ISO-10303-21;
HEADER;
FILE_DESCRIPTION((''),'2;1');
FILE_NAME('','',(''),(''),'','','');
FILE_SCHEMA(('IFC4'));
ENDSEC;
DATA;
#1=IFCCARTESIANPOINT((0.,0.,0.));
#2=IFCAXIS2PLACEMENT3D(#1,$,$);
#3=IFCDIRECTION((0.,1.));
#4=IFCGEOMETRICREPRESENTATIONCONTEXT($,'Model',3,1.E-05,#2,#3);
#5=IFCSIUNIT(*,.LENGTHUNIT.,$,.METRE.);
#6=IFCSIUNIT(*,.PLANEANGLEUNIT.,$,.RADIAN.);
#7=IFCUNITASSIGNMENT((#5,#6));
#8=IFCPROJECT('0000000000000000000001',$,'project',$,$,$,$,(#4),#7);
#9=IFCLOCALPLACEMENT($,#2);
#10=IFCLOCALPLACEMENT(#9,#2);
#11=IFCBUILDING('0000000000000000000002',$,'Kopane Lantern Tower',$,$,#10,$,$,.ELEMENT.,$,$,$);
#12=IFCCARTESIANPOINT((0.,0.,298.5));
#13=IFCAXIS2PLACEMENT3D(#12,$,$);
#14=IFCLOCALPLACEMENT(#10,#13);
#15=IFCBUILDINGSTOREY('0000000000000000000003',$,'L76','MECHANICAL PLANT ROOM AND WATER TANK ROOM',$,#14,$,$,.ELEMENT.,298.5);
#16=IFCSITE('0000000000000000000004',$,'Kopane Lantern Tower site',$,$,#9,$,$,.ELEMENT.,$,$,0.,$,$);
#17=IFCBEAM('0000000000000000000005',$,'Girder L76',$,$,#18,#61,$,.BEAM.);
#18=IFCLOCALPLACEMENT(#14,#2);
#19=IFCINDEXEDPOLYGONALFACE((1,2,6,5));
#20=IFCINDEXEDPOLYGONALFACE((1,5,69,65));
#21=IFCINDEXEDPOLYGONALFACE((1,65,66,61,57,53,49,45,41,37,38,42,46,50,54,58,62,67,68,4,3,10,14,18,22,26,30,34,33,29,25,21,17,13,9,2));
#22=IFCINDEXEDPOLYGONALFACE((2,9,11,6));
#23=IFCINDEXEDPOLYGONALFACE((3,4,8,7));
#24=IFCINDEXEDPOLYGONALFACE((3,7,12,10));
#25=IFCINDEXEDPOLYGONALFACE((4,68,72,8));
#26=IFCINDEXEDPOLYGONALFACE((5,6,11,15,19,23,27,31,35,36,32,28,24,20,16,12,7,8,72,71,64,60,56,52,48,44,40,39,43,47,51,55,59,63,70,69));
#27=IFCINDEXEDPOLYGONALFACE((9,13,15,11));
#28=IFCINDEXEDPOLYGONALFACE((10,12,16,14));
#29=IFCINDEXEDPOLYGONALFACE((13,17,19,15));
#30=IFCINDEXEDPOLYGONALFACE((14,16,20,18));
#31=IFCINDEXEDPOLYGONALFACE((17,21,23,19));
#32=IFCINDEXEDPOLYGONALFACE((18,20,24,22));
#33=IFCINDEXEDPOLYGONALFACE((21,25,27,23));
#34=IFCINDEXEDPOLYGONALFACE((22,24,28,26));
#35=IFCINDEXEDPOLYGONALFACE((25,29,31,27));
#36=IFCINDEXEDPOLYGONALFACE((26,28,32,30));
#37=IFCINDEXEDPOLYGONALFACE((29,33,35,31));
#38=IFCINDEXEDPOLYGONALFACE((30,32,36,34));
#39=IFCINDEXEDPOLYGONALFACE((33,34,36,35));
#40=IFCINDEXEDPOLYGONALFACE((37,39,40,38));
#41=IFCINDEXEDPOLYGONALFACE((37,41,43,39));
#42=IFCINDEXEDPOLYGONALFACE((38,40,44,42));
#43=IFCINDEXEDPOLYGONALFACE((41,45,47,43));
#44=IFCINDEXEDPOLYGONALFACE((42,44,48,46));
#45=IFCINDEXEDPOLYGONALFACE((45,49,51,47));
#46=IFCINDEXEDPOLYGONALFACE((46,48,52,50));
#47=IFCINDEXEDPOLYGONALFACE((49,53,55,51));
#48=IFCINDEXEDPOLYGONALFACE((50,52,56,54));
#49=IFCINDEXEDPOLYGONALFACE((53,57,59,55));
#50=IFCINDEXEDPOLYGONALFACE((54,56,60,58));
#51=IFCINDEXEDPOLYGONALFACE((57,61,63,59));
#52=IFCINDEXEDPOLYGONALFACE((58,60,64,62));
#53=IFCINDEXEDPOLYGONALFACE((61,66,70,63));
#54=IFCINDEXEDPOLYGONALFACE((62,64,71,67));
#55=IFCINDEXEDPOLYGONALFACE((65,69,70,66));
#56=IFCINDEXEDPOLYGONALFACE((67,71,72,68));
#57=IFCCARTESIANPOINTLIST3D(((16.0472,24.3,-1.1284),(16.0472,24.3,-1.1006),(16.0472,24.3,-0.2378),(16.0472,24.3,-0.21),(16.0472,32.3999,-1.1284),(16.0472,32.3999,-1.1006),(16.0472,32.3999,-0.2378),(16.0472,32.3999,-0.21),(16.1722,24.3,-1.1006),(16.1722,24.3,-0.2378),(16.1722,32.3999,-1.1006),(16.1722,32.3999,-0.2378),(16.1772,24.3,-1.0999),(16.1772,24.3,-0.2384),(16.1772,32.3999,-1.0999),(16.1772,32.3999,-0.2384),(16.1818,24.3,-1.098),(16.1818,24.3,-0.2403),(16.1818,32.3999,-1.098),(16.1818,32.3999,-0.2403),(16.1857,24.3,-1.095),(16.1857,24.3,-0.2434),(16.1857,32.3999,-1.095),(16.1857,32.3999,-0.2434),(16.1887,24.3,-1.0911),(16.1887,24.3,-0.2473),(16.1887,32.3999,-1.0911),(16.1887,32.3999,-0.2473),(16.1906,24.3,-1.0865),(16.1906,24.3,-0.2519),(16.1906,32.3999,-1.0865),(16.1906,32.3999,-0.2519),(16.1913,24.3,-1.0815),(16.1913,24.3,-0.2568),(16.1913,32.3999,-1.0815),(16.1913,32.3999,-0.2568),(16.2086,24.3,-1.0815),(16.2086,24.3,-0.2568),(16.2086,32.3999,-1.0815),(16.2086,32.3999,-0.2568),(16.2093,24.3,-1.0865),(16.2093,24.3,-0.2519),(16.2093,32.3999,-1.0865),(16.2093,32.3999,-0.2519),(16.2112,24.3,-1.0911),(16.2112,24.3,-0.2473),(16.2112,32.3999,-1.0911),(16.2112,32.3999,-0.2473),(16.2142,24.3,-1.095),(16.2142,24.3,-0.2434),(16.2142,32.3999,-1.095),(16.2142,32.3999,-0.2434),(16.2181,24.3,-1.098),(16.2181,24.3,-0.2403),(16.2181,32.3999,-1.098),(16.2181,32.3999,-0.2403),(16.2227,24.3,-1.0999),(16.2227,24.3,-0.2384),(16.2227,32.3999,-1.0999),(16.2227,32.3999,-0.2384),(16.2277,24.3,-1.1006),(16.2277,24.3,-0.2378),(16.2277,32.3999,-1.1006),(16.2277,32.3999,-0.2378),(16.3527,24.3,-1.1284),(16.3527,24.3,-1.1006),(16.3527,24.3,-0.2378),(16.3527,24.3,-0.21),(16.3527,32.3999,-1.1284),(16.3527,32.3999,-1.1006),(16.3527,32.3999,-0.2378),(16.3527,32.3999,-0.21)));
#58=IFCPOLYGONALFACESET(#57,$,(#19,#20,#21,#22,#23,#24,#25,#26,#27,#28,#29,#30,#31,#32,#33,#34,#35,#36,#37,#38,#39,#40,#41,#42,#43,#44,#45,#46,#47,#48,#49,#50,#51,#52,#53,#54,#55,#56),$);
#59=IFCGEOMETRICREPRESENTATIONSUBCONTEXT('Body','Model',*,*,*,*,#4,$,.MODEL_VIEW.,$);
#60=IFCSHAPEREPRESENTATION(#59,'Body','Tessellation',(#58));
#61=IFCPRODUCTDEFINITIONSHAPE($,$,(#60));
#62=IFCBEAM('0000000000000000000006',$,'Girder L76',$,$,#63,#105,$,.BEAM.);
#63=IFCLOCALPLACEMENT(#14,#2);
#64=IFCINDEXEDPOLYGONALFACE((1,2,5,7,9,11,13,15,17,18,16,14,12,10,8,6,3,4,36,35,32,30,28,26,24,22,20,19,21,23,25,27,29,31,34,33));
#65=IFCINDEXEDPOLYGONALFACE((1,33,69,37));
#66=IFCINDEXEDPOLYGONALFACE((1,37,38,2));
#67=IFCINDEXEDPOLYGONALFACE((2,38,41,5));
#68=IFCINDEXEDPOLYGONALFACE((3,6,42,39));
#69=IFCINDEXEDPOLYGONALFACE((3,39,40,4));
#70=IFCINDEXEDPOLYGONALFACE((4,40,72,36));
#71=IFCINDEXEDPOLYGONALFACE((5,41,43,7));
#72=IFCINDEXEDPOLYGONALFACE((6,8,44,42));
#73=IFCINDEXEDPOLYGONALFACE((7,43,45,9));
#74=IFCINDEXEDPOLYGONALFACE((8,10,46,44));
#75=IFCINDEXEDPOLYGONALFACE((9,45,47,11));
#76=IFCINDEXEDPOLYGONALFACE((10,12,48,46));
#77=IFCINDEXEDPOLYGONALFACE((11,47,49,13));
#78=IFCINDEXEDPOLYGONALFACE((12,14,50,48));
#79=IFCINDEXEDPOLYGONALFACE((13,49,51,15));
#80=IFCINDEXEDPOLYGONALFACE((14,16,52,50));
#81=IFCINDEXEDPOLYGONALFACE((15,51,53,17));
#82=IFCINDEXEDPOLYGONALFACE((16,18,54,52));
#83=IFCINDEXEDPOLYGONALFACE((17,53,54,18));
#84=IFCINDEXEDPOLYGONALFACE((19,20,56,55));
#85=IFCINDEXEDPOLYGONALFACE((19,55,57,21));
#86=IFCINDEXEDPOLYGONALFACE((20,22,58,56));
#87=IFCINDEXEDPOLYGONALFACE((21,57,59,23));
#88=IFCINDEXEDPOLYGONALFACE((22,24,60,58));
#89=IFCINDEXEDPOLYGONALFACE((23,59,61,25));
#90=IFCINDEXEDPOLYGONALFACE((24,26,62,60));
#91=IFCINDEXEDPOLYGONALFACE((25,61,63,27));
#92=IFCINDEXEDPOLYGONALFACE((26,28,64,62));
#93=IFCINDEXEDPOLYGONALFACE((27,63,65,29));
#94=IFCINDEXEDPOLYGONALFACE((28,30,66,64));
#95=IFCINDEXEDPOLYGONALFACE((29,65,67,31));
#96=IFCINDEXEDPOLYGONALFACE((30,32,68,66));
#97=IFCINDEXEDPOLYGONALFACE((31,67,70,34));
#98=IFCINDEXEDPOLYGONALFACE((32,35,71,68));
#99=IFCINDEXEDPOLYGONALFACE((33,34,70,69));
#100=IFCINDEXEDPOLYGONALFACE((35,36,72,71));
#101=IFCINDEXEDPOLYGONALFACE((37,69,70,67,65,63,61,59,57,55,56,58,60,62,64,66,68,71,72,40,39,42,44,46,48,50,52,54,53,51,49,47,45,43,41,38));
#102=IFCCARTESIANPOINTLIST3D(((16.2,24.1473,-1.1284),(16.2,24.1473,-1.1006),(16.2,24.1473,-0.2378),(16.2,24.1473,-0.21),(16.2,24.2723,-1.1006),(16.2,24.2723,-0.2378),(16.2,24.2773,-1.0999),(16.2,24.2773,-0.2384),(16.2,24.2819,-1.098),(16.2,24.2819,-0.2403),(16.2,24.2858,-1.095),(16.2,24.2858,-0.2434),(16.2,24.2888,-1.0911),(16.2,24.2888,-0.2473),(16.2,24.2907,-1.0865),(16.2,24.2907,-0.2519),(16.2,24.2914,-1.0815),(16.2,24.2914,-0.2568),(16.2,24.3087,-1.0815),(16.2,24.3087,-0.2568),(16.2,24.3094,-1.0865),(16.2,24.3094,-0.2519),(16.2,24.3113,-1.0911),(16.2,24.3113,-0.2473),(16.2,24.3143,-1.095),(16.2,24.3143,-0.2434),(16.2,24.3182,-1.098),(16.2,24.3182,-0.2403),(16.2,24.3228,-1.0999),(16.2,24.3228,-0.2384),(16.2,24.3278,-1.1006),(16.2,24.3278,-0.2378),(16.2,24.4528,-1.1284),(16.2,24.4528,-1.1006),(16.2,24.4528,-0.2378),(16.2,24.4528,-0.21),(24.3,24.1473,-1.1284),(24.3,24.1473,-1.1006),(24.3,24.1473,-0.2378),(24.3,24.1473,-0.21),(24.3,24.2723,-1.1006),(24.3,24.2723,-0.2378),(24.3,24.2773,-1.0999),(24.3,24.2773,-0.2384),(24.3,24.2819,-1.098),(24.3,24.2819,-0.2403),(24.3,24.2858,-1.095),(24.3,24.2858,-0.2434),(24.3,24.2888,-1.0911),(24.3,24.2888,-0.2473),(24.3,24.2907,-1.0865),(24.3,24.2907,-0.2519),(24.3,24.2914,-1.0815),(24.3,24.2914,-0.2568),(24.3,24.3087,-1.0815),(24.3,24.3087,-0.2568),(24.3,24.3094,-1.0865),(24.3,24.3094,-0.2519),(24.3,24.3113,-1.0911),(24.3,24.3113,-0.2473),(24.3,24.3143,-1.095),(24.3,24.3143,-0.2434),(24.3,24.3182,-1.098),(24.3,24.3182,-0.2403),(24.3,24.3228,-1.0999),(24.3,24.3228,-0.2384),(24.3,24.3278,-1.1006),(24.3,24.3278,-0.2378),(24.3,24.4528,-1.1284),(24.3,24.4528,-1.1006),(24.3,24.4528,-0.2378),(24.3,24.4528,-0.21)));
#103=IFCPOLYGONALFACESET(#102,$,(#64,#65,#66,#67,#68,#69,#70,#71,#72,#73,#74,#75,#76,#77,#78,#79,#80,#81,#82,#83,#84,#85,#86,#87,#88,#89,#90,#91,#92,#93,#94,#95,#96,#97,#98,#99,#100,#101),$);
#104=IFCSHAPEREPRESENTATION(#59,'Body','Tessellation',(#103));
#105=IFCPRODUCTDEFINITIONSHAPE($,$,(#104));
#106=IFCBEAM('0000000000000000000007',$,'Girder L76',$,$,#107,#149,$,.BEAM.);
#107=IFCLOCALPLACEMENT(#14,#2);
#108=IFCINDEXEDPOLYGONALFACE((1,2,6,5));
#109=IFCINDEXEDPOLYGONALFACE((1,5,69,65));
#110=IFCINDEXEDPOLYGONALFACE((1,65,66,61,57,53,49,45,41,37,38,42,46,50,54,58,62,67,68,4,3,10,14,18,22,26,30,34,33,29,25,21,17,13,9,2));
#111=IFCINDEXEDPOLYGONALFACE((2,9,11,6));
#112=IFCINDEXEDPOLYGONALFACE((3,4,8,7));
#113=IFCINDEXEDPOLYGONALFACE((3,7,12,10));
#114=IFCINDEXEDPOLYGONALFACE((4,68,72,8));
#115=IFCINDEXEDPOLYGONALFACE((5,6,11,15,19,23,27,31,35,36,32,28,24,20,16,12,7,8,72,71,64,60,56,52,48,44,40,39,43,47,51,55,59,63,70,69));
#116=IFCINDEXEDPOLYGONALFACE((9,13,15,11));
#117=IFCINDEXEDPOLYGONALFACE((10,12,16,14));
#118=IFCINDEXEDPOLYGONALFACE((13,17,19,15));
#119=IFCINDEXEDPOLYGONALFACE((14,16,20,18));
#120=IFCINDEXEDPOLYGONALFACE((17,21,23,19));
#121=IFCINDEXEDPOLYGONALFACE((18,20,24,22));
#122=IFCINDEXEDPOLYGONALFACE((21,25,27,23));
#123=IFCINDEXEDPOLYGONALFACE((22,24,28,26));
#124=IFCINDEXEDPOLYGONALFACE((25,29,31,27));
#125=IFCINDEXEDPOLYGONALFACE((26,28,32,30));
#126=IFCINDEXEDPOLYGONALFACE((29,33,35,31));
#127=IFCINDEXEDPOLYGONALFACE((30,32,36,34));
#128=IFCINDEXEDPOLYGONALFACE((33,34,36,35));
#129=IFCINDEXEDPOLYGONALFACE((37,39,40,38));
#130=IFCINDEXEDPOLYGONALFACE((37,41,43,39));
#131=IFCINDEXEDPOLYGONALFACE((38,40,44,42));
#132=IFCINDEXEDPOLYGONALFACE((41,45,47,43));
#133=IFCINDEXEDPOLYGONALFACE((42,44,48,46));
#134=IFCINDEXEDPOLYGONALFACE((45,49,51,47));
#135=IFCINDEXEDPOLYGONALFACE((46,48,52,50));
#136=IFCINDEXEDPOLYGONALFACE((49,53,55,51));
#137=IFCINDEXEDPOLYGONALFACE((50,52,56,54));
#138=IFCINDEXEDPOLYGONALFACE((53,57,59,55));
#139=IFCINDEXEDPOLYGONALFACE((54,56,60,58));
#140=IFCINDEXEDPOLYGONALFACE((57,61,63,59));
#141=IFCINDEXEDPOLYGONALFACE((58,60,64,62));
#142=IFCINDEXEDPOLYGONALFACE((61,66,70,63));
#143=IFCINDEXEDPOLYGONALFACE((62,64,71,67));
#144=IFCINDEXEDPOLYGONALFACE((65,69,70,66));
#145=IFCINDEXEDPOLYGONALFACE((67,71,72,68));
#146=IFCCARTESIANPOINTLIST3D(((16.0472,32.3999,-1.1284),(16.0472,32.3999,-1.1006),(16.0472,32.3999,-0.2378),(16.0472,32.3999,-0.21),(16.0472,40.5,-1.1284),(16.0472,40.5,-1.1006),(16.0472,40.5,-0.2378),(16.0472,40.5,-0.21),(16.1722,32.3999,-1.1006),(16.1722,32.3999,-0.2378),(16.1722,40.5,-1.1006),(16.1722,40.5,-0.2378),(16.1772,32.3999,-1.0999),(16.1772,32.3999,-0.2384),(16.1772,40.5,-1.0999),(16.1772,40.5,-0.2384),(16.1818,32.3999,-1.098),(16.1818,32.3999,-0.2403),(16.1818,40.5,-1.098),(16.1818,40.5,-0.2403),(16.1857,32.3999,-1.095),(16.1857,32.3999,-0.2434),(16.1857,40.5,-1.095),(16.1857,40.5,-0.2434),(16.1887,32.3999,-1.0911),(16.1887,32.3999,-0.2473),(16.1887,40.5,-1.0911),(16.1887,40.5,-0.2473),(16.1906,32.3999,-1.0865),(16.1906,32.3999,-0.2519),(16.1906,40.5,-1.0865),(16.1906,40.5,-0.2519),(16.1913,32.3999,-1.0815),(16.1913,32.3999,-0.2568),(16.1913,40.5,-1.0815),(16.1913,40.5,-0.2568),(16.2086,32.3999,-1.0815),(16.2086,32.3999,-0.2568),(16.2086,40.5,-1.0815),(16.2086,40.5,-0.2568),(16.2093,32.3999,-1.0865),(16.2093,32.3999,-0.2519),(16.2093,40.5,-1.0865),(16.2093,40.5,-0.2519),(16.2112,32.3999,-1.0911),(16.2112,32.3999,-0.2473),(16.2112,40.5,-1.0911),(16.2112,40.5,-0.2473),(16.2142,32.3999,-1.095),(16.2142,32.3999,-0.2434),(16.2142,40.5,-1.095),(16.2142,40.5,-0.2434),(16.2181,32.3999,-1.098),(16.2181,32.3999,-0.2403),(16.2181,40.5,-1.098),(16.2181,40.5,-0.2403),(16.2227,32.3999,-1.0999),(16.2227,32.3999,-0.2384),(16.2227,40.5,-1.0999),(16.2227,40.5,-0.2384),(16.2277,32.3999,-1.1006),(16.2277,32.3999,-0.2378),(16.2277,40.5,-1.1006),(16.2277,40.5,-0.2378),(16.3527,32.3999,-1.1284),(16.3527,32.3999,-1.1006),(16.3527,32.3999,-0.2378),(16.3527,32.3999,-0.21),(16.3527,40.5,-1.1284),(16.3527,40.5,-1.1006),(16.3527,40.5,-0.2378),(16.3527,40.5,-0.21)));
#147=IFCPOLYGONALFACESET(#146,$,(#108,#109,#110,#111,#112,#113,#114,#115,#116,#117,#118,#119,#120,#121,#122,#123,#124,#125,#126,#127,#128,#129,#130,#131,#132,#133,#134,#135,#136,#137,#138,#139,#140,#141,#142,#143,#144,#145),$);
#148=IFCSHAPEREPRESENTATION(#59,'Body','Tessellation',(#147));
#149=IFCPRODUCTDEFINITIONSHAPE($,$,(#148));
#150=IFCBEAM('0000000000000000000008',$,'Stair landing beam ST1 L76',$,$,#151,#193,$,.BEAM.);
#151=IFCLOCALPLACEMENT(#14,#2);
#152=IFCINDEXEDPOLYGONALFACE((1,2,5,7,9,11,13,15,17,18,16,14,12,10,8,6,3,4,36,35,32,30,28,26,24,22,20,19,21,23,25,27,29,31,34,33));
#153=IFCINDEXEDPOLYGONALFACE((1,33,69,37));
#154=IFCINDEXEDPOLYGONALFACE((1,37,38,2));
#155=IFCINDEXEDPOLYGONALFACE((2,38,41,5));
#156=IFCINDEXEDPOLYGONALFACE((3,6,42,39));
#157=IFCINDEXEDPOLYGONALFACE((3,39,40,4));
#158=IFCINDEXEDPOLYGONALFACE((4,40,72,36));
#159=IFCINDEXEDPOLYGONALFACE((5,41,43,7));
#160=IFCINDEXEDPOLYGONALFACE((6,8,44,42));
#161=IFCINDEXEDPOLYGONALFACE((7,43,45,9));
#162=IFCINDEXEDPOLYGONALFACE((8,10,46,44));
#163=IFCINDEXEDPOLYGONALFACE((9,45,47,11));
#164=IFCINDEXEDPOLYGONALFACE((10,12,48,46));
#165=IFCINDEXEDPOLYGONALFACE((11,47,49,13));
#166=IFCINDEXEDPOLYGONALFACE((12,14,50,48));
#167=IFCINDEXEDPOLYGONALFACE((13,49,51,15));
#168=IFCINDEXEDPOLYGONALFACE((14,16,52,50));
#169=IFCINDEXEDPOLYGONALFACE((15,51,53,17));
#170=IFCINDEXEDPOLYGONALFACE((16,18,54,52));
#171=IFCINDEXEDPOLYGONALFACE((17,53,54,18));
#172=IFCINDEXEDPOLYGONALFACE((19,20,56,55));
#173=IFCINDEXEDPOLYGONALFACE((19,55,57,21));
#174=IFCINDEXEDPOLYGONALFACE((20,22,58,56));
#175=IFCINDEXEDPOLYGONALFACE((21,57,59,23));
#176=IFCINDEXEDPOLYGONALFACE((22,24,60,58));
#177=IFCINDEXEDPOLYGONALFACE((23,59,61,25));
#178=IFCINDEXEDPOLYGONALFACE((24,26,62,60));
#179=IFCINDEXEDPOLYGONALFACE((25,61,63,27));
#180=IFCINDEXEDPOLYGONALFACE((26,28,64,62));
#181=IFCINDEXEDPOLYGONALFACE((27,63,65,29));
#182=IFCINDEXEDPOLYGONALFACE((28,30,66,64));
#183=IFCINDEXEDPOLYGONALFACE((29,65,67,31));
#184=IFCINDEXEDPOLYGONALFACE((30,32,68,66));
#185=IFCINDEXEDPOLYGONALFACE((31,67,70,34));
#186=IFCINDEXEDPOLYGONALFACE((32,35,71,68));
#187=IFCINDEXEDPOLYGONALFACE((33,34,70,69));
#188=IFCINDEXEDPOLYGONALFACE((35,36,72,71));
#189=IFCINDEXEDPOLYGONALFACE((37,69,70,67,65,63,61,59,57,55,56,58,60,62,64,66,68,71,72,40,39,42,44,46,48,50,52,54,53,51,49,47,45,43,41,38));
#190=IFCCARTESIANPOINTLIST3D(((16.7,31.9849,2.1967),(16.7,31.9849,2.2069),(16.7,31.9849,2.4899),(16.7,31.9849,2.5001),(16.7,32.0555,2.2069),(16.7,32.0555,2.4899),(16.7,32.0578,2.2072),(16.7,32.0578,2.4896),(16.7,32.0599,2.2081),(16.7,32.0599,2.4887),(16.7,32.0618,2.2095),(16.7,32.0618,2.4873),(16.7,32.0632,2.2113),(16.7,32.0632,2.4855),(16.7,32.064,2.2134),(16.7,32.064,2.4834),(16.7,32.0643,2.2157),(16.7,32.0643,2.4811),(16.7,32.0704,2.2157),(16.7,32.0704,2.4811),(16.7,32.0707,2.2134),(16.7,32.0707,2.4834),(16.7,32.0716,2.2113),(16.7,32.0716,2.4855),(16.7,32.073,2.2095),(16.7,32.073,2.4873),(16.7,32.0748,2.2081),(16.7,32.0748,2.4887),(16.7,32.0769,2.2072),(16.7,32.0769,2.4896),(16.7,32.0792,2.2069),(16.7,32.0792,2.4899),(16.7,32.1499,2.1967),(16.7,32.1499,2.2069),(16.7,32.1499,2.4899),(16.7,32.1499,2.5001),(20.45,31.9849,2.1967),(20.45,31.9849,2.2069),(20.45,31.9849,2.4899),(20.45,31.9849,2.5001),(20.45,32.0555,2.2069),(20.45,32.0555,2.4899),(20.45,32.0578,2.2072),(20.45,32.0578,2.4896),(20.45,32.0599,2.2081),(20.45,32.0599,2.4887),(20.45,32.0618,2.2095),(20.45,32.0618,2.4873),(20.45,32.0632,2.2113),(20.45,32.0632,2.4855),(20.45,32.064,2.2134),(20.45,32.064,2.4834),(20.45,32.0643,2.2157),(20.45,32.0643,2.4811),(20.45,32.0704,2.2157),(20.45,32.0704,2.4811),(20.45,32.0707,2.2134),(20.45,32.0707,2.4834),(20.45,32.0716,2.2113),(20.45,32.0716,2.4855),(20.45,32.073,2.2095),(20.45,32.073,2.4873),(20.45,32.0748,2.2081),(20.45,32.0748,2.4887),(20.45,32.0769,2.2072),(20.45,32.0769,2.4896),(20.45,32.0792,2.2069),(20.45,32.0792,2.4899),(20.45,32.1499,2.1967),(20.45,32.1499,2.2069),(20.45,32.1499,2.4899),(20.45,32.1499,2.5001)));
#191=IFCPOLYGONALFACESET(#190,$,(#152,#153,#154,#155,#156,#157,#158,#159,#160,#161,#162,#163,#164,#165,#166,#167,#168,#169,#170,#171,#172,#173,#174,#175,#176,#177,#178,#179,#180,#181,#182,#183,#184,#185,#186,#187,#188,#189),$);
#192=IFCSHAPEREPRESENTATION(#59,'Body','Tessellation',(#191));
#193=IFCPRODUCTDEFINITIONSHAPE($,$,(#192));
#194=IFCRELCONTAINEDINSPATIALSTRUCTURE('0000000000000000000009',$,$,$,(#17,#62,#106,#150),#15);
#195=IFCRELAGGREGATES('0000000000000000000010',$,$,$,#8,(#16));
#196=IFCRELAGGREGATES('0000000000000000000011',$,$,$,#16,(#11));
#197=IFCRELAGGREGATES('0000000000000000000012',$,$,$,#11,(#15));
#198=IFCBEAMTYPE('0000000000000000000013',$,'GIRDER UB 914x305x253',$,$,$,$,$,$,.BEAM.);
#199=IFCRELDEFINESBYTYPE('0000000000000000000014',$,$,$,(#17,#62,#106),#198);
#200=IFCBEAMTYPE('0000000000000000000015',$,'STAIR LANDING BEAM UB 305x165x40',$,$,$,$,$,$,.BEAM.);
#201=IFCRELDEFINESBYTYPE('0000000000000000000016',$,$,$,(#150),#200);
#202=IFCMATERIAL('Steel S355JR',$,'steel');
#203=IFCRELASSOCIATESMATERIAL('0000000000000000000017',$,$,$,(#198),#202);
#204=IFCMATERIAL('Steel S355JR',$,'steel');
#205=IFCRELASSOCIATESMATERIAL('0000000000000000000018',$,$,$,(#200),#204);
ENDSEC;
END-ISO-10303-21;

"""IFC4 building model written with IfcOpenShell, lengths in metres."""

from ifc_helpers import new_model, si_unit, direction, frame, origin, origin_2d, place, context, subcontext, project, spatial, i_section, extrude, material, material_profile, profile_set, type_object, element, save


model = new_model("IFC4")

# Units and contexts
model_context = context("Model", 3, precision=1e-05, world=origin(), true_north=direction((0.0, 1.0)))
body_context = subcontext(model_context, "Body", "Model", "MODEL_VIEW")
ifc_project = project(units=[si_unit("LENGTHUNIT", "METRE"), si_unit("PLANEANGLEUNIT", "RADIAN")], contexts=[model_context])

# Site, building, storey
site_placement = place(None, origin())
site = spatial("IfcSite", under=ifc_project, at=site_placement, Name="Kopane Lantern Tower site", CompositionType="ELEMENT", RefElevation=0.0)
building_placement = place(site_placement, origin())
building = spatial("IfcBuilding", under=site, at=building_placement, Name="Kopane Lantern Tower", CompositionType="ELEMENT")
storey_placement = place(building_placement, frame((0.0, 0.0, 298.5)))
storey = spatial("IfcBuildingStorey", under=building, at=storey_placement, Name="L76", Description="MECHANICAL PLANT ROOM AND WATER TANK ROOM", CompositionType="ELEMENT", Elevation=298.5)

# Beams
ifc_material_1 = material(Name="Steel S355JR", Category="steel")
ifc_material_profile_1 = material_profile(ifc_material_1, i_section(OverallWidth=0.3054, OverallDepth=0.9185, WebThickness=0.0173, FlangeThickness=0.0278, FilletRadius=0.019, at=origin_2d()), Name="UB 914x305x253")
ifc_profile_set_1 = profile_set([ifc_material_profile_1], Name="Steel S355JR")
beam_type_1 = type_object("IfcBeamType", Name="GIRDER UB 914x305x253", PredefinedType="BEAM", material=ifc_profile_set_1)
beam_1_placement = place(storey_placement, frame((16.2, 24.3, -0.6692), z_axis=(0.0, 1.0, 0.0), x_axis=(-1.0, 0.0, 0.0)))
element("IfcBeam", 1, at=beam_1_placement, inside=storey, type_object=beam_type_1, Name="Girder L76", PredefinedType="BEAM", context=body_context, shape_type="SweptSolid", body=[
    extrude(i_section(OverallWidth=0.3054, OverallDepth=0.9185, WebThickness=0.0173, FlangeThickness=0.0278, FilletRadius=0.019, at=origin_2d()), origin(), (0.0, 0.0, 1.0), 8.0999),
])
for number, where, z_axis, x_axis, name in (
    (2, (16.2, 24.3, -0.6692), (1.0, 0.0, 0.0), (0.0, 1.0, 0.0), "Girder L76"),
    (3, (16.2, 32.3999, -0.6692), (0.0, 1.0, 0.0), (-1.0, 0.0, 0.0), "Girder L76"),
):
    element("IfcBeam", number, at=place(storey_placement, frame(where, z_axis=z_axis, x_axis=x_axis)), inside=storey, type_object=beam_type_1, Name=name, PredefinedType="BEAM", context=body_context, shape_type="SweptSolid", body=[
        extrude(i_section(OverallWidth=0.3054, OverallDepth=0.9185, WebThickness=0.0173, FlangeThickness=0.0278, FilletRadius=0.019, at=origin_2d()), origin(), (0.0, 0.0, 1.0), 8.1001),
    ])
ifc_material_2 = material(Name="Steel S355JR", Category="steel")
ifc_material_profile_2 = material_profile(ifc_material_2, i_section(OverallWidth=0.165, OverallDepth=0.3035, WebThickness=0.0061, FlangeThickness=0.0103, FilletRadius=0.0088, at=origin_2d()), Name="UB 305x165x40")
ifc_profile_set_2 = profile_set([ifc_material_profile_2], Name="Steel S355JR")
beam_type_2 = type_object("IfcBeamType", Name="STAIR LANDING BEAM UB 305x165x40", PredefinedType="BEAM", material=ifc_profile_set_2)
beam_2_placement = place(storey_placement, frame((16.7, 32.0674, 2.3484), z_axis=(1.0, 0.0, 0.0), x_axis=(0.0, 1.0, 0.0)))
element("IfcBeam", 4, at=beam_2_placement, inside=storey, type_object=beam_type_2, Name="Stair landing beam ST1 L76", PredefinedType="BEAM", context=body_context, shape_type="SweptSolid", body=[
    extrude(i_section(OverallWidth=0.165, OverallDepth=0.3035, WebThickness=0.0061, FlangeThickness=0.0103, FilletRadius=0.0088, at=origin_2d()), origin(), (0.0, 0.0, 1.0), 3.75),
])

save(model, "model.ifc")
